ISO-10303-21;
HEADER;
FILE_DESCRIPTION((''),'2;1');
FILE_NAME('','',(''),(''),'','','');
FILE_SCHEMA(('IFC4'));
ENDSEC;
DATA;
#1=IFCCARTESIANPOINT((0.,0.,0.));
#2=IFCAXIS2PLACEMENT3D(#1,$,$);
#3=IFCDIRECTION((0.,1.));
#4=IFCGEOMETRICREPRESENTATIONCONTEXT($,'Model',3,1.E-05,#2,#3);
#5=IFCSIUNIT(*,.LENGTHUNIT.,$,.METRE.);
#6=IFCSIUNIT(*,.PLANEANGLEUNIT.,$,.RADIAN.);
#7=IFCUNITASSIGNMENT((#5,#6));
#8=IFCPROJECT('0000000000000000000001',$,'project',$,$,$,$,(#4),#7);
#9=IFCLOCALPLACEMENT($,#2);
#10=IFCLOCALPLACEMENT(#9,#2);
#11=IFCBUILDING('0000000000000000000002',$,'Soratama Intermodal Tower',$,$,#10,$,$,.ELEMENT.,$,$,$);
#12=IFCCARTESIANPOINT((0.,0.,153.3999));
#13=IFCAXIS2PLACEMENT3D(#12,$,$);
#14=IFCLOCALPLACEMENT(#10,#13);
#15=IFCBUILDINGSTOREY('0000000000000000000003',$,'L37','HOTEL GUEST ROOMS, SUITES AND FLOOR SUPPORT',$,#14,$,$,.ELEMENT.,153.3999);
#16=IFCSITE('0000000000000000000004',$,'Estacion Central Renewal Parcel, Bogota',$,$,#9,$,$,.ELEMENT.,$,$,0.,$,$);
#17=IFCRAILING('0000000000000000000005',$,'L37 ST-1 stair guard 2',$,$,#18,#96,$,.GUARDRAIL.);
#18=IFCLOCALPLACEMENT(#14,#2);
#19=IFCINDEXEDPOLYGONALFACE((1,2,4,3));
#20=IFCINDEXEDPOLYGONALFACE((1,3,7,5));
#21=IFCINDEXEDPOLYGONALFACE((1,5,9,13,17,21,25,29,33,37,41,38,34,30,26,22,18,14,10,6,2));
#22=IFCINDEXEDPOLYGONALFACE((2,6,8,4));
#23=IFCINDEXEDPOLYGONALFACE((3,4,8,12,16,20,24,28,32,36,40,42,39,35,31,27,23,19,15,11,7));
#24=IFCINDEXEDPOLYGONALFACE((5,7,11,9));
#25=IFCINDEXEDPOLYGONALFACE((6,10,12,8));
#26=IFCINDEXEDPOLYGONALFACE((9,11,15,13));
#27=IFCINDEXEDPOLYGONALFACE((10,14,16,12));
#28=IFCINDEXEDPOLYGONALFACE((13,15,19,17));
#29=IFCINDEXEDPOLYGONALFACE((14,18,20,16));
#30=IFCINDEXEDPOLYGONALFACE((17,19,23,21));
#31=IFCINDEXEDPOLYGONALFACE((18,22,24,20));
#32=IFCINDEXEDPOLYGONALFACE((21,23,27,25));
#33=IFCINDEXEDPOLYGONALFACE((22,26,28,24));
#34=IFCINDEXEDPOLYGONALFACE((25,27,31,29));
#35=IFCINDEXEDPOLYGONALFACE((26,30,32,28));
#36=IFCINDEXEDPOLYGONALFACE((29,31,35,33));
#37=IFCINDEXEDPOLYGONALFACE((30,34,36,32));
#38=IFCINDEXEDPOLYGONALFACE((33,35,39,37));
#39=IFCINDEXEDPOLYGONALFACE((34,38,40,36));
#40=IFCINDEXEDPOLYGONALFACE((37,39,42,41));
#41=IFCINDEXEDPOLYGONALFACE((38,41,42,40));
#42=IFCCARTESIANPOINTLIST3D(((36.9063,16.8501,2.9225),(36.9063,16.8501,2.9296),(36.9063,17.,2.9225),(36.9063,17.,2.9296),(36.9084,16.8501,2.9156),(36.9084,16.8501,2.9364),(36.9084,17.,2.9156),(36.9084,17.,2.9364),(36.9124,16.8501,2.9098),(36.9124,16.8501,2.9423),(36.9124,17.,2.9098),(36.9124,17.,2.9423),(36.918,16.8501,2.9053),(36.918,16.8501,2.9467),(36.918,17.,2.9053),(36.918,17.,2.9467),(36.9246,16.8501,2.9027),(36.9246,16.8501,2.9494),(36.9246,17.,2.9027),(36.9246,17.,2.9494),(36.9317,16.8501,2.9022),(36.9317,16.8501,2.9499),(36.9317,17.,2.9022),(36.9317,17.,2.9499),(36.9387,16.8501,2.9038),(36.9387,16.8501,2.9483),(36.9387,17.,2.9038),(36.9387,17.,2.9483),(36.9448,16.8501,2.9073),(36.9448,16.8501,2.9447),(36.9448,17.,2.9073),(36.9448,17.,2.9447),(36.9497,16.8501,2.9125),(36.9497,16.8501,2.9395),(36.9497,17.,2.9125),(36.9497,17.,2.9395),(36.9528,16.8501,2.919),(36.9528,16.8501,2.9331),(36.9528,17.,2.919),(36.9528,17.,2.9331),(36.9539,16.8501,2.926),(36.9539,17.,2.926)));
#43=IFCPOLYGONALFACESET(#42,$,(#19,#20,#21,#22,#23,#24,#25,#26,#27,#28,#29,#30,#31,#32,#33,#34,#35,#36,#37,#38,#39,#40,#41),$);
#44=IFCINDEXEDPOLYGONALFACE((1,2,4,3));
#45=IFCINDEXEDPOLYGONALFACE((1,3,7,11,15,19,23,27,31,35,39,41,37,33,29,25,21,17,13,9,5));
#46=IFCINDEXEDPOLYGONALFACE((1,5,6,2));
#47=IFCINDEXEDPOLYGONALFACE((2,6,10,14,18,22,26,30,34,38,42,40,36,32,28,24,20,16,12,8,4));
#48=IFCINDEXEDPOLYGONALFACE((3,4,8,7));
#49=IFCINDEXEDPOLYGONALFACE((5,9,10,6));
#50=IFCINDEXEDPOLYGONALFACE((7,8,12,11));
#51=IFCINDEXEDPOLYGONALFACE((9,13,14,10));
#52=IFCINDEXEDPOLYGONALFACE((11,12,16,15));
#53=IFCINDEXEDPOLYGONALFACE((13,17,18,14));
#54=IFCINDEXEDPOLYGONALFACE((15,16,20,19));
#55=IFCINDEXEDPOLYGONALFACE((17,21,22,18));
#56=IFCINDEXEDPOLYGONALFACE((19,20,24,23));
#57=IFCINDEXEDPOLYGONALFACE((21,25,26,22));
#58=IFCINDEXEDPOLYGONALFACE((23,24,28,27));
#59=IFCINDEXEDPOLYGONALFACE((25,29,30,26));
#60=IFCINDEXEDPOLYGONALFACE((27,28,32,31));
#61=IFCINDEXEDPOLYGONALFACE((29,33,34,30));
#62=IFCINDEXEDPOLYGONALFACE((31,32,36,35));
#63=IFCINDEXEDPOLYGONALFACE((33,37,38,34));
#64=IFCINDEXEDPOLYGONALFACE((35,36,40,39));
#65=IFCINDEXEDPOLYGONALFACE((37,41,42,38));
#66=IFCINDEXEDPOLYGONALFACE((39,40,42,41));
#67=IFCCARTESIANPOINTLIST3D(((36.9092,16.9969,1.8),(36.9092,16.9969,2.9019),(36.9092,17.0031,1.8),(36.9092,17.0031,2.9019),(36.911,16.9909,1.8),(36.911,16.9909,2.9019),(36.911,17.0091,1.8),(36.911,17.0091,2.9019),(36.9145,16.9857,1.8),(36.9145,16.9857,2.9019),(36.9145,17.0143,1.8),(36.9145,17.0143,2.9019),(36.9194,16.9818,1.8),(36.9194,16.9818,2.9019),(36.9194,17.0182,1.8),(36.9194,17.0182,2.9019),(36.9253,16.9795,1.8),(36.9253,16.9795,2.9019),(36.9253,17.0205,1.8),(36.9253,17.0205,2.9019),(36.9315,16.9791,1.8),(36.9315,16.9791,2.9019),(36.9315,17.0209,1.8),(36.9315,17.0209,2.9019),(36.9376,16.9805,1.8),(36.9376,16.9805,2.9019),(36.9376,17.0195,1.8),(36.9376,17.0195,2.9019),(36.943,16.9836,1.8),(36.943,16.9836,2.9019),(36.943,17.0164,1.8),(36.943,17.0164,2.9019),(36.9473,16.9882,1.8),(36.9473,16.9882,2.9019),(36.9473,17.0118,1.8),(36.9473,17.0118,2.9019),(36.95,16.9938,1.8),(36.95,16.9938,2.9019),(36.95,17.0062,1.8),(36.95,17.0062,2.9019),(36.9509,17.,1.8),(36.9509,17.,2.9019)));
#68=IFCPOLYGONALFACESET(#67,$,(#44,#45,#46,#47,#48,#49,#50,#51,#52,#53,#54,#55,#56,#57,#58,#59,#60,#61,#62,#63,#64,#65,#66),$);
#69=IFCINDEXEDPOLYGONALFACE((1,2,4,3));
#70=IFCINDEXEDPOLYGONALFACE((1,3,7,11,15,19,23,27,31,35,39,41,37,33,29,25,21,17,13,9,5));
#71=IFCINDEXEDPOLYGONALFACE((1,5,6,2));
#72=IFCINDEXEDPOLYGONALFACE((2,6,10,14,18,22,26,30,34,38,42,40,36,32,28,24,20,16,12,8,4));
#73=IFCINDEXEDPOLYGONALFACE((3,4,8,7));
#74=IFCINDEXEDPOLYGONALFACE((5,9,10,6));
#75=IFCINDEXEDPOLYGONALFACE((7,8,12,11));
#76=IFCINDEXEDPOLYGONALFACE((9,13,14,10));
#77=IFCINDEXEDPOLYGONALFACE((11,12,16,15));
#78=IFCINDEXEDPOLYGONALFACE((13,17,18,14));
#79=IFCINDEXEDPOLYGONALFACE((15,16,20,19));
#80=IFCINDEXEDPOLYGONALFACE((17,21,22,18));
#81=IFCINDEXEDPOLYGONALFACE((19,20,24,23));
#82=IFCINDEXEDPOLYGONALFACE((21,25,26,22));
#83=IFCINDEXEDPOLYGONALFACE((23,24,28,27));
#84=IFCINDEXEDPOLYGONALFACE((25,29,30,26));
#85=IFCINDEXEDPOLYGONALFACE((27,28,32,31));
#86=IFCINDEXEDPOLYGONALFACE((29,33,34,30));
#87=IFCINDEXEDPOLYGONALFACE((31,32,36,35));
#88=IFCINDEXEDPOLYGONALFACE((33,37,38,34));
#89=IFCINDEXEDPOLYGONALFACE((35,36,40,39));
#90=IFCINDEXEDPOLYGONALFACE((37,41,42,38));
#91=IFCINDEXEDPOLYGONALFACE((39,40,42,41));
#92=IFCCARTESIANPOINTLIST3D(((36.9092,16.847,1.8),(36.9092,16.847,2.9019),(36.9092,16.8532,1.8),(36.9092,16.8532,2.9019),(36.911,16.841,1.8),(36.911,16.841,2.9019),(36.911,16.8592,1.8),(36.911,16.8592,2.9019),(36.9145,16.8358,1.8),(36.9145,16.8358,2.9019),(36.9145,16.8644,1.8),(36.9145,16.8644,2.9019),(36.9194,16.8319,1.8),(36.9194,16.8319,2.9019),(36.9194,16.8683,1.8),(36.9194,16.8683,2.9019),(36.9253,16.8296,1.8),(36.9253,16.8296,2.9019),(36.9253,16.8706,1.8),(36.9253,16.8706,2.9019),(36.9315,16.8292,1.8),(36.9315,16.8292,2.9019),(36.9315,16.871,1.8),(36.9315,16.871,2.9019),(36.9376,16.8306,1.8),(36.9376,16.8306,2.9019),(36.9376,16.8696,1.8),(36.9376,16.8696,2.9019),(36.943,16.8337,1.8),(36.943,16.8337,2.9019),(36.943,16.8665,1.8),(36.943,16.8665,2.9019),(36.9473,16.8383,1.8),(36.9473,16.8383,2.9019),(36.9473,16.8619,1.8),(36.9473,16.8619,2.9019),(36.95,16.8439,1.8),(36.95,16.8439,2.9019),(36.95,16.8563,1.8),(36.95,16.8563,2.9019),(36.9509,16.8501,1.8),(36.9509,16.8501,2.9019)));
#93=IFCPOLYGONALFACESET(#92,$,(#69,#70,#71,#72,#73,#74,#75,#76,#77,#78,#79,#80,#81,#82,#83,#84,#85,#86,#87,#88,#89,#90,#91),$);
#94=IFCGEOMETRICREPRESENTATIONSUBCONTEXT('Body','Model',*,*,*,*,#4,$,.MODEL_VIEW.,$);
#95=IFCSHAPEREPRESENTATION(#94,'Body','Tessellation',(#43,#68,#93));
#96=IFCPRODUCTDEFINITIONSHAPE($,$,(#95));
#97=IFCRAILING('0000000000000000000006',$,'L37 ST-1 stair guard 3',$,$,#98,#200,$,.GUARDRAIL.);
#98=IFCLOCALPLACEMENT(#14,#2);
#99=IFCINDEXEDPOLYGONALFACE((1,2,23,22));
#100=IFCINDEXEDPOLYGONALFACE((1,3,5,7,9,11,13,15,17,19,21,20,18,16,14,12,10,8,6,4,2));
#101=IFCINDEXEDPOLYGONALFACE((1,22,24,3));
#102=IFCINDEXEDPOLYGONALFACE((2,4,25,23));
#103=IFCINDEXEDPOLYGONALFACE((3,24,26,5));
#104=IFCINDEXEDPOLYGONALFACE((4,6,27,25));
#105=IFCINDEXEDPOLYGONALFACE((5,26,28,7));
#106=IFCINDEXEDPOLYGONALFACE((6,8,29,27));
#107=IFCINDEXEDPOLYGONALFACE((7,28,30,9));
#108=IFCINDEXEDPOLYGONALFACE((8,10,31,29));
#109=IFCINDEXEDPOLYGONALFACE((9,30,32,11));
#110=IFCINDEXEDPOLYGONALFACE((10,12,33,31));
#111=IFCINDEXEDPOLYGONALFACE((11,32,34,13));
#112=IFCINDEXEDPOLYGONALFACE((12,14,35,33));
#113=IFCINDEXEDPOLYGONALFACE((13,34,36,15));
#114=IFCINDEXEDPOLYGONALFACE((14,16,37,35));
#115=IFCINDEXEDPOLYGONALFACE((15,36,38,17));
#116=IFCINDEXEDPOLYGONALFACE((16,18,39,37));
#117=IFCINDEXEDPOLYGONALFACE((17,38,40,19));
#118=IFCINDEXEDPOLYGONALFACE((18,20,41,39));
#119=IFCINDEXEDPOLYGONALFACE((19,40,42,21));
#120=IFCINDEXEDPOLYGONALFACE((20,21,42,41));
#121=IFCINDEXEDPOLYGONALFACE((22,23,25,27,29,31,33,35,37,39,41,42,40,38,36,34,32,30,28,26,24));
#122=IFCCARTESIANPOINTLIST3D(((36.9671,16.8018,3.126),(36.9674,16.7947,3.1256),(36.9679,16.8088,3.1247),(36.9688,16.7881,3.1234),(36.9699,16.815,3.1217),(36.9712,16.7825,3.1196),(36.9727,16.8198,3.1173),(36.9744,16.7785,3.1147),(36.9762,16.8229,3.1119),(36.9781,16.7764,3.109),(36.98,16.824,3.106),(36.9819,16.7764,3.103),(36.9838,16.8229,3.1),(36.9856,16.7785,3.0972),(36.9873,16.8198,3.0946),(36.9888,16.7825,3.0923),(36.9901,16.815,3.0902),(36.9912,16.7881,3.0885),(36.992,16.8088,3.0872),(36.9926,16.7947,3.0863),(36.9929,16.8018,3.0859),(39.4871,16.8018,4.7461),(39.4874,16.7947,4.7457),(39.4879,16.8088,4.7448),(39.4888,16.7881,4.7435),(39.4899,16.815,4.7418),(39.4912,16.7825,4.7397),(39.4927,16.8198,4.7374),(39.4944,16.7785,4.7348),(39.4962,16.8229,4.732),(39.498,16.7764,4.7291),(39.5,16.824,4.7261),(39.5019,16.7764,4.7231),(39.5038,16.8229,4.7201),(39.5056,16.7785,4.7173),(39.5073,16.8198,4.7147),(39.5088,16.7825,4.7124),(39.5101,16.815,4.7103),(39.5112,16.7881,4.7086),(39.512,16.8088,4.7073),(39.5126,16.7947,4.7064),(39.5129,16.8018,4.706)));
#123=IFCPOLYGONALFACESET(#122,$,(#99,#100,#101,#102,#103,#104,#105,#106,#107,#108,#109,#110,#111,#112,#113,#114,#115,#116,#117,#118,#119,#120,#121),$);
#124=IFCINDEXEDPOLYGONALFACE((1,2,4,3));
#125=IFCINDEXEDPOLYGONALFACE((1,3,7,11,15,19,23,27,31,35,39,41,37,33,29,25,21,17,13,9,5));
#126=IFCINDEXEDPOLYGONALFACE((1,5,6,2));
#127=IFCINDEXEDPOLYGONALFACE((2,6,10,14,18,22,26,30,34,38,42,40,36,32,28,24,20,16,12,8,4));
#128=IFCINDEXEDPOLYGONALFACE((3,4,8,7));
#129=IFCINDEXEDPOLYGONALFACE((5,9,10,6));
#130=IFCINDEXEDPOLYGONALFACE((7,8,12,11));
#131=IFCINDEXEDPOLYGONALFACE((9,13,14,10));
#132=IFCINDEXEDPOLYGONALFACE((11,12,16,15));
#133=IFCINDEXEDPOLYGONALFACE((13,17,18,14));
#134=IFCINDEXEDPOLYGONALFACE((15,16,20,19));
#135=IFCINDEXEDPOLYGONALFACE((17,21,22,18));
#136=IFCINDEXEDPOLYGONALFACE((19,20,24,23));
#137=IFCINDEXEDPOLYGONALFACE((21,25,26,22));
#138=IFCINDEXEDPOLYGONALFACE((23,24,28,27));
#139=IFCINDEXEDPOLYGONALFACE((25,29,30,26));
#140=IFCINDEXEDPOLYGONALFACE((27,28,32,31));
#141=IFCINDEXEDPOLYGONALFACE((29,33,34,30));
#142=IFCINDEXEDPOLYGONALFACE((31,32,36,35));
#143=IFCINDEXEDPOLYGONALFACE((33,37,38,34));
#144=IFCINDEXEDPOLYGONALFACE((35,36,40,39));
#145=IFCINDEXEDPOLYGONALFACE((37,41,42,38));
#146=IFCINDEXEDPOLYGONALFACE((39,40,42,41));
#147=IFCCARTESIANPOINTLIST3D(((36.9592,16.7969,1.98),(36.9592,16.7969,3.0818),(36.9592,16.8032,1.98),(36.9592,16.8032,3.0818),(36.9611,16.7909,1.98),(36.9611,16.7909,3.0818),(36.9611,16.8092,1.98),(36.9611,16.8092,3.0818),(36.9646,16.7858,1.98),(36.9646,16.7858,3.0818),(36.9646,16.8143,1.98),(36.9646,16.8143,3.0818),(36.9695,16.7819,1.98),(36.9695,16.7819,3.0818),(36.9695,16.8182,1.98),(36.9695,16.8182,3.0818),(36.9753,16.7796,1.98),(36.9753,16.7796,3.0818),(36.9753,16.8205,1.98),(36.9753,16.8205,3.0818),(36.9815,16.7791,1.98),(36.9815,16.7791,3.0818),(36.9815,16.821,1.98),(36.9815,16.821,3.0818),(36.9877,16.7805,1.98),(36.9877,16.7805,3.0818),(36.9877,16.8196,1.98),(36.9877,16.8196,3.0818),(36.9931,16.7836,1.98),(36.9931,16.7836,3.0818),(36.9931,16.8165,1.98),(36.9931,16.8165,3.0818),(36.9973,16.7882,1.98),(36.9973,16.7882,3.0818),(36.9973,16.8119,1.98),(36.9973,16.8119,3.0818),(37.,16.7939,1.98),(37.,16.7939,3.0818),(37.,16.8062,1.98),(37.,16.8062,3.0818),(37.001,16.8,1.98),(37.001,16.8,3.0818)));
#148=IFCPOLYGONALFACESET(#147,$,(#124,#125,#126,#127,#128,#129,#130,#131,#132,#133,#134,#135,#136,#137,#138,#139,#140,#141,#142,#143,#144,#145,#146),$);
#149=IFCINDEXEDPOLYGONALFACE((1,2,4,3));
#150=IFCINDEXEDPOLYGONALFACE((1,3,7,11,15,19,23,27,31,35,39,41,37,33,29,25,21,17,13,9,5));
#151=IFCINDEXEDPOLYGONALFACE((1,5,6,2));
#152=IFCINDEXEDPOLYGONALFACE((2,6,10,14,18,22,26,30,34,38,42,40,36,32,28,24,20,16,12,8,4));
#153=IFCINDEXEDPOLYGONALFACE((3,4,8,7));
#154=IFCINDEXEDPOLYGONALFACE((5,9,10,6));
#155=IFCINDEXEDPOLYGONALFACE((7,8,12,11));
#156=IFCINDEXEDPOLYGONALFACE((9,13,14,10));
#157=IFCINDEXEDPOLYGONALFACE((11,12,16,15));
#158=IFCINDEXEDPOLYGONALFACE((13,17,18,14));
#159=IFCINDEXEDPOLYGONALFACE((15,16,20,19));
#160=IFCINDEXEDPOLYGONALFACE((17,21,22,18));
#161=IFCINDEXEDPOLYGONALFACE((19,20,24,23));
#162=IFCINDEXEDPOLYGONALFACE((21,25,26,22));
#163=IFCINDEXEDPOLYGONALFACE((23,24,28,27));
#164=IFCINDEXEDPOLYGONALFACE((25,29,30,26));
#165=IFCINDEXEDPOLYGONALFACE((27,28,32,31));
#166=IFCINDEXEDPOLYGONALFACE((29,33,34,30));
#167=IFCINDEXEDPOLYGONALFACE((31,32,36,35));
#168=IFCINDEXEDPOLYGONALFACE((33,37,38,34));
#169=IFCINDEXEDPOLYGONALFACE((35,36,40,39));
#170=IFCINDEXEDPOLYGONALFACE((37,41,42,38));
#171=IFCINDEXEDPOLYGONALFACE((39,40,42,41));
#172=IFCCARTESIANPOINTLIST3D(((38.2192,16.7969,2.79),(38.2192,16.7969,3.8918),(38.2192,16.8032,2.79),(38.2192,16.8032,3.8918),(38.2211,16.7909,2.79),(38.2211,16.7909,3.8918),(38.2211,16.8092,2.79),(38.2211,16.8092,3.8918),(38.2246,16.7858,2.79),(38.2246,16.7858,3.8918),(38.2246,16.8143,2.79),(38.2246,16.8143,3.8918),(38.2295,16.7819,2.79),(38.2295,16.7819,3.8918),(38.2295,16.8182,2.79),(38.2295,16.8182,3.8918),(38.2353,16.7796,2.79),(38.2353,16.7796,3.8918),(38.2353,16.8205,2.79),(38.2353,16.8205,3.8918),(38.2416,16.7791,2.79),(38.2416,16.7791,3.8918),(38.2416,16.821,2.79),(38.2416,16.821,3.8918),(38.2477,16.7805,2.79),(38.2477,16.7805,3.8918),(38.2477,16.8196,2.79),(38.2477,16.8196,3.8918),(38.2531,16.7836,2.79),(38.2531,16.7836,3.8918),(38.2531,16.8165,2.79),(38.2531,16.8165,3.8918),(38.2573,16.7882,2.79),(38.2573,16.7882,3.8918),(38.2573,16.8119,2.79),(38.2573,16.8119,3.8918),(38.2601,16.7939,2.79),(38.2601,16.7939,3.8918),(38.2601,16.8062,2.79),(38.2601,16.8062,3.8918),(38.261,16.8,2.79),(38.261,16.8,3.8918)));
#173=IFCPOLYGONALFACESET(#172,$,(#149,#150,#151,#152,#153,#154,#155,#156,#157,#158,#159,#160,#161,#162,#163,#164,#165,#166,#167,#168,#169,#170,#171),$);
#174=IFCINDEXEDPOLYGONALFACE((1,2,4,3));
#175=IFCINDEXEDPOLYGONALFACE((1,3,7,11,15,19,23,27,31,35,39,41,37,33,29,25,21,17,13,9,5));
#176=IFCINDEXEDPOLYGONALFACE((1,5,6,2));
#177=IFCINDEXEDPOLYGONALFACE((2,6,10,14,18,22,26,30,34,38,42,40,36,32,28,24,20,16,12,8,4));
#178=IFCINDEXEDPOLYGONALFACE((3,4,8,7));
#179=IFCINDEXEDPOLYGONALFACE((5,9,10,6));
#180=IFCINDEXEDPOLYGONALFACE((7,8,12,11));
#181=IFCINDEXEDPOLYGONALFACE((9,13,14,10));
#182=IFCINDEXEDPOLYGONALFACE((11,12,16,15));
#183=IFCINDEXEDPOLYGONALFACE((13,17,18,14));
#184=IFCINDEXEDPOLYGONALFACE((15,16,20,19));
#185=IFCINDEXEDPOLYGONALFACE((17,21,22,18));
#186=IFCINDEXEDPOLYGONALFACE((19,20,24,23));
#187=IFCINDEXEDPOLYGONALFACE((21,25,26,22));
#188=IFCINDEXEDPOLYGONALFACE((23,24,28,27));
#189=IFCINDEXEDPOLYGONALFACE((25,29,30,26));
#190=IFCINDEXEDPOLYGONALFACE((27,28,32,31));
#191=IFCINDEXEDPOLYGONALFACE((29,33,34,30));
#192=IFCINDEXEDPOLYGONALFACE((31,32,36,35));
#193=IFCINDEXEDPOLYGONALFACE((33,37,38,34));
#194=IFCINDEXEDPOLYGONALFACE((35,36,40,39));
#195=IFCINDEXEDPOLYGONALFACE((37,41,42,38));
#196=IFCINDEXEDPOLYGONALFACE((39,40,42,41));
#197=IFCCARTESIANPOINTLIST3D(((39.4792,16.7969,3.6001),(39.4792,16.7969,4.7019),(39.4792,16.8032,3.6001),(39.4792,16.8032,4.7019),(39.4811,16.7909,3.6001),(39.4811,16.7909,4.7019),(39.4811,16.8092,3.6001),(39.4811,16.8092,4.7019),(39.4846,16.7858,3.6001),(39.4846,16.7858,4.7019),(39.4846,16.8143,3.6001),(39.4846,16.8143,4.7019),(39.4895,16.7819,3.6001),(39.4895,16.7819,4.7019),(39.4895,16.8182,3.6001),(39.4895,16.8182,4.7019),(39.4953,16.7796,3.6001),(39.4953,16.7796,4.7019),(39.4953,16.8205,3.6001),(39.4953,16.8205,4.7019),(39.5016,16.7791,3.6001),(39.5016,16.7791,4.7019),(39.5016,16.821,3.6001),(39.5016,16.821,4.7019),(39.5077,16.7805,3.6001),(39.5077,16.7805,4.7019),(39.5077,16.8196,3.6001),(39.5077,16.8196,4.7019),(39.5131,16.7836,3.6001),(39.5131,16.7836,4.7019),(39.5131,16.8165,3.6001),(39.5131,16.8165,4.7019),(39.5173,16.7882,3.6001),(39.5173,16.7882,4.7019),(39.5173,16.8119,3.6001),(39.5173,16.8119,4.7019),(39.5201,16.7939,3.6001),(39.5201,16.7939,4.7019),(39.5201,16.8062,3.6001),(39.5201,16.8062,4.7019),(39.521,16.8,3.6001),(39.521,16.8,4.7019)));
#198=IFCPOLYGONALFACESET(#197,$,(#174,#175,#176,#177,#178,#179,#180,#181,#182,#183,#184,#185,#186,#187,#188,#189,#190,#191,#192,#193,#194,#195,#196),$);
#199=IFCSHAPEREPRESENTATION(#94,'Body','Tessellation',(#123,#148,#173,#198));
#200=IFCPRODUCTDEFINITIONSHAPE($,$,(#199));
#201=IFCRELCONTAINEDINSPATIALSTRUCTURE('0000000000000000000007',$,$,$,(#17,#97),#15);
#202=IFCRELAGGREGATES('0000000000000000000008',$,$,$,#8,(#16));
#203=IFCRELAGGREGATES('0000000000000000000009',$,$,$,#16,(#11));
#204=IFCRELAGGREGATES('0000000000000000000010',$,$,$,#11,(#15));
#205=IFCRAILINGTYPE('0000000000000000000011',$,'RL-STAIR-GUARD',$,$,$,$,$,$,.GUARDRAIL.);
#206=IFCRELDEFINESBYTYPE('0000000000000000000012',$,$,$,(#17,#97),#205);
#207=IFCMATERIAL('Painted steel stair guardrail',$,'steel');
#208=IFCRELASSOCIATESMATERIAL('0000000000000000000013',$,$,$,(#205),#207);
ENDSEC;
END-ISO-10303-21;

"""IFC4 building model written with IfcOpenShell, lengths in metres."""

from ifc_helpers import new_model, si_unit, direction, frame, origin, origin_2d, place, context, subcontext, project, spatial, circle, extrude, material, type_object, element, save


model = new_model("IFC4")

# Units and contexts
model_context = context("Model", 3, precision=1e-05, world=origin(), true_north=direction((0.0, 1.0)))
body_context = subcontext(model_context, "Body", "Model", "MODEL_VIEW")
ifc_project = project(units=[si_unit("LENGTHUNIT", "METRE"), si_unit("PLANEANGLEUNIT", "RADIAN")], contexts=[model_context])

# Site, building, storey
site_placement = place(None, origin())
site = spatial("IfcSite", under=ifc_project, at=site_placement, Name="Estacion Central Renewal Parcel, Bogota", CompositionType="ELEMENT", RefElevation=0.0)
building_placement = place(site_placement, origin())
building = spatial("IfcBuilding", under=site, at=building_placement, Name="Soratama Intermodal Tower", CompositionType="ELEMENT")
storey_placement = place(building_placement, frame((0.0, 0.0, 153.3999)))
storey = spatial("IfcBuildingStorey", under=building, at=storey_placement, Name="L37", Description="HOTEL GUEST ROOMS, SUITES AND FLOOR SUPPORT", CompositionType="ELEMENT", Elevation=153.3999)

# Railings
ifc_material_1 = material(Name="Painted steel stair guardrail", Category="steel")
railing_type_1 = type_object("IfcRailingType", Name="RL-STAIR-GUARD", PredefinedType="GUARDRAIL", material=ifc_material_1)
railing_1_placement = place(storey_placement, frame((36.9299, 17.0, 1.8)))
element("IfcRailing", 1, at=railing_1_placement, inside=storey, type_object=railing_type_1, Name="L37 ST-1 stair guard 2", PredefinedType="GUARDRAIL", context=body_context, shape_type="SweptSolid", body=[
    extrude(circle(Radius=0.0239, at=origin_2d()), frame((0.0, 0.0, 1.126), z_axis=(0.0, -1.0, 0.0), x_axis=(1.0, 0.0, 0.0)), (0.0, 0.0, 1.0), 0.1499),
    extrude(circle(Radius=0.021, at=origin_2d()), origin(), (0.0, 0.0, 1.0), 1.1018),
    extrude(circle(Radius=0.021, at=origin_2d()), frame((0.0, -0.1499, 0.0)), (0.0, 0.0, 1.0), 1.1018),
])
railing_2_placement = place(storey_placement, frame((36.98, 16.8, 1.98)))
element("IfcRailing", 2, at=railing_2_placement, inside=storey, type_object=railing_type_1, Name="L37 ST-1 stair guard 3", PredefinedType="GUARDRAIL", context=body_context, shape_type="SweptSolid", body=[
    extrude(circle(Radius=0.0239, at=origin_2d()), frame((0.0, 0.0, 1.126), z_axis=(0.841163, 0.0, 0.540782), x_axis=(0.0, 1.0, 0.0)), (0.0, 0.0, 1.0), 2.9958),
    extrude(circle(Radius=0.021, at=origin_2d()), origin(), (0.0, 0.0, 1.0), 1.1018),
    extrude(circle(Radius=0.021, at=origin_2d()), frame((1.26, 0.0, 0.8101)), (0.0, 0.0, 1.0), 1.1018),
    extrude(circle(Radius=0.021, at=origin_2d()), frame((2.52, 0.0, 1.6201)), (0.0, 0.0, 1.0), 1.1018),
])

save(model, "model.ifc")
